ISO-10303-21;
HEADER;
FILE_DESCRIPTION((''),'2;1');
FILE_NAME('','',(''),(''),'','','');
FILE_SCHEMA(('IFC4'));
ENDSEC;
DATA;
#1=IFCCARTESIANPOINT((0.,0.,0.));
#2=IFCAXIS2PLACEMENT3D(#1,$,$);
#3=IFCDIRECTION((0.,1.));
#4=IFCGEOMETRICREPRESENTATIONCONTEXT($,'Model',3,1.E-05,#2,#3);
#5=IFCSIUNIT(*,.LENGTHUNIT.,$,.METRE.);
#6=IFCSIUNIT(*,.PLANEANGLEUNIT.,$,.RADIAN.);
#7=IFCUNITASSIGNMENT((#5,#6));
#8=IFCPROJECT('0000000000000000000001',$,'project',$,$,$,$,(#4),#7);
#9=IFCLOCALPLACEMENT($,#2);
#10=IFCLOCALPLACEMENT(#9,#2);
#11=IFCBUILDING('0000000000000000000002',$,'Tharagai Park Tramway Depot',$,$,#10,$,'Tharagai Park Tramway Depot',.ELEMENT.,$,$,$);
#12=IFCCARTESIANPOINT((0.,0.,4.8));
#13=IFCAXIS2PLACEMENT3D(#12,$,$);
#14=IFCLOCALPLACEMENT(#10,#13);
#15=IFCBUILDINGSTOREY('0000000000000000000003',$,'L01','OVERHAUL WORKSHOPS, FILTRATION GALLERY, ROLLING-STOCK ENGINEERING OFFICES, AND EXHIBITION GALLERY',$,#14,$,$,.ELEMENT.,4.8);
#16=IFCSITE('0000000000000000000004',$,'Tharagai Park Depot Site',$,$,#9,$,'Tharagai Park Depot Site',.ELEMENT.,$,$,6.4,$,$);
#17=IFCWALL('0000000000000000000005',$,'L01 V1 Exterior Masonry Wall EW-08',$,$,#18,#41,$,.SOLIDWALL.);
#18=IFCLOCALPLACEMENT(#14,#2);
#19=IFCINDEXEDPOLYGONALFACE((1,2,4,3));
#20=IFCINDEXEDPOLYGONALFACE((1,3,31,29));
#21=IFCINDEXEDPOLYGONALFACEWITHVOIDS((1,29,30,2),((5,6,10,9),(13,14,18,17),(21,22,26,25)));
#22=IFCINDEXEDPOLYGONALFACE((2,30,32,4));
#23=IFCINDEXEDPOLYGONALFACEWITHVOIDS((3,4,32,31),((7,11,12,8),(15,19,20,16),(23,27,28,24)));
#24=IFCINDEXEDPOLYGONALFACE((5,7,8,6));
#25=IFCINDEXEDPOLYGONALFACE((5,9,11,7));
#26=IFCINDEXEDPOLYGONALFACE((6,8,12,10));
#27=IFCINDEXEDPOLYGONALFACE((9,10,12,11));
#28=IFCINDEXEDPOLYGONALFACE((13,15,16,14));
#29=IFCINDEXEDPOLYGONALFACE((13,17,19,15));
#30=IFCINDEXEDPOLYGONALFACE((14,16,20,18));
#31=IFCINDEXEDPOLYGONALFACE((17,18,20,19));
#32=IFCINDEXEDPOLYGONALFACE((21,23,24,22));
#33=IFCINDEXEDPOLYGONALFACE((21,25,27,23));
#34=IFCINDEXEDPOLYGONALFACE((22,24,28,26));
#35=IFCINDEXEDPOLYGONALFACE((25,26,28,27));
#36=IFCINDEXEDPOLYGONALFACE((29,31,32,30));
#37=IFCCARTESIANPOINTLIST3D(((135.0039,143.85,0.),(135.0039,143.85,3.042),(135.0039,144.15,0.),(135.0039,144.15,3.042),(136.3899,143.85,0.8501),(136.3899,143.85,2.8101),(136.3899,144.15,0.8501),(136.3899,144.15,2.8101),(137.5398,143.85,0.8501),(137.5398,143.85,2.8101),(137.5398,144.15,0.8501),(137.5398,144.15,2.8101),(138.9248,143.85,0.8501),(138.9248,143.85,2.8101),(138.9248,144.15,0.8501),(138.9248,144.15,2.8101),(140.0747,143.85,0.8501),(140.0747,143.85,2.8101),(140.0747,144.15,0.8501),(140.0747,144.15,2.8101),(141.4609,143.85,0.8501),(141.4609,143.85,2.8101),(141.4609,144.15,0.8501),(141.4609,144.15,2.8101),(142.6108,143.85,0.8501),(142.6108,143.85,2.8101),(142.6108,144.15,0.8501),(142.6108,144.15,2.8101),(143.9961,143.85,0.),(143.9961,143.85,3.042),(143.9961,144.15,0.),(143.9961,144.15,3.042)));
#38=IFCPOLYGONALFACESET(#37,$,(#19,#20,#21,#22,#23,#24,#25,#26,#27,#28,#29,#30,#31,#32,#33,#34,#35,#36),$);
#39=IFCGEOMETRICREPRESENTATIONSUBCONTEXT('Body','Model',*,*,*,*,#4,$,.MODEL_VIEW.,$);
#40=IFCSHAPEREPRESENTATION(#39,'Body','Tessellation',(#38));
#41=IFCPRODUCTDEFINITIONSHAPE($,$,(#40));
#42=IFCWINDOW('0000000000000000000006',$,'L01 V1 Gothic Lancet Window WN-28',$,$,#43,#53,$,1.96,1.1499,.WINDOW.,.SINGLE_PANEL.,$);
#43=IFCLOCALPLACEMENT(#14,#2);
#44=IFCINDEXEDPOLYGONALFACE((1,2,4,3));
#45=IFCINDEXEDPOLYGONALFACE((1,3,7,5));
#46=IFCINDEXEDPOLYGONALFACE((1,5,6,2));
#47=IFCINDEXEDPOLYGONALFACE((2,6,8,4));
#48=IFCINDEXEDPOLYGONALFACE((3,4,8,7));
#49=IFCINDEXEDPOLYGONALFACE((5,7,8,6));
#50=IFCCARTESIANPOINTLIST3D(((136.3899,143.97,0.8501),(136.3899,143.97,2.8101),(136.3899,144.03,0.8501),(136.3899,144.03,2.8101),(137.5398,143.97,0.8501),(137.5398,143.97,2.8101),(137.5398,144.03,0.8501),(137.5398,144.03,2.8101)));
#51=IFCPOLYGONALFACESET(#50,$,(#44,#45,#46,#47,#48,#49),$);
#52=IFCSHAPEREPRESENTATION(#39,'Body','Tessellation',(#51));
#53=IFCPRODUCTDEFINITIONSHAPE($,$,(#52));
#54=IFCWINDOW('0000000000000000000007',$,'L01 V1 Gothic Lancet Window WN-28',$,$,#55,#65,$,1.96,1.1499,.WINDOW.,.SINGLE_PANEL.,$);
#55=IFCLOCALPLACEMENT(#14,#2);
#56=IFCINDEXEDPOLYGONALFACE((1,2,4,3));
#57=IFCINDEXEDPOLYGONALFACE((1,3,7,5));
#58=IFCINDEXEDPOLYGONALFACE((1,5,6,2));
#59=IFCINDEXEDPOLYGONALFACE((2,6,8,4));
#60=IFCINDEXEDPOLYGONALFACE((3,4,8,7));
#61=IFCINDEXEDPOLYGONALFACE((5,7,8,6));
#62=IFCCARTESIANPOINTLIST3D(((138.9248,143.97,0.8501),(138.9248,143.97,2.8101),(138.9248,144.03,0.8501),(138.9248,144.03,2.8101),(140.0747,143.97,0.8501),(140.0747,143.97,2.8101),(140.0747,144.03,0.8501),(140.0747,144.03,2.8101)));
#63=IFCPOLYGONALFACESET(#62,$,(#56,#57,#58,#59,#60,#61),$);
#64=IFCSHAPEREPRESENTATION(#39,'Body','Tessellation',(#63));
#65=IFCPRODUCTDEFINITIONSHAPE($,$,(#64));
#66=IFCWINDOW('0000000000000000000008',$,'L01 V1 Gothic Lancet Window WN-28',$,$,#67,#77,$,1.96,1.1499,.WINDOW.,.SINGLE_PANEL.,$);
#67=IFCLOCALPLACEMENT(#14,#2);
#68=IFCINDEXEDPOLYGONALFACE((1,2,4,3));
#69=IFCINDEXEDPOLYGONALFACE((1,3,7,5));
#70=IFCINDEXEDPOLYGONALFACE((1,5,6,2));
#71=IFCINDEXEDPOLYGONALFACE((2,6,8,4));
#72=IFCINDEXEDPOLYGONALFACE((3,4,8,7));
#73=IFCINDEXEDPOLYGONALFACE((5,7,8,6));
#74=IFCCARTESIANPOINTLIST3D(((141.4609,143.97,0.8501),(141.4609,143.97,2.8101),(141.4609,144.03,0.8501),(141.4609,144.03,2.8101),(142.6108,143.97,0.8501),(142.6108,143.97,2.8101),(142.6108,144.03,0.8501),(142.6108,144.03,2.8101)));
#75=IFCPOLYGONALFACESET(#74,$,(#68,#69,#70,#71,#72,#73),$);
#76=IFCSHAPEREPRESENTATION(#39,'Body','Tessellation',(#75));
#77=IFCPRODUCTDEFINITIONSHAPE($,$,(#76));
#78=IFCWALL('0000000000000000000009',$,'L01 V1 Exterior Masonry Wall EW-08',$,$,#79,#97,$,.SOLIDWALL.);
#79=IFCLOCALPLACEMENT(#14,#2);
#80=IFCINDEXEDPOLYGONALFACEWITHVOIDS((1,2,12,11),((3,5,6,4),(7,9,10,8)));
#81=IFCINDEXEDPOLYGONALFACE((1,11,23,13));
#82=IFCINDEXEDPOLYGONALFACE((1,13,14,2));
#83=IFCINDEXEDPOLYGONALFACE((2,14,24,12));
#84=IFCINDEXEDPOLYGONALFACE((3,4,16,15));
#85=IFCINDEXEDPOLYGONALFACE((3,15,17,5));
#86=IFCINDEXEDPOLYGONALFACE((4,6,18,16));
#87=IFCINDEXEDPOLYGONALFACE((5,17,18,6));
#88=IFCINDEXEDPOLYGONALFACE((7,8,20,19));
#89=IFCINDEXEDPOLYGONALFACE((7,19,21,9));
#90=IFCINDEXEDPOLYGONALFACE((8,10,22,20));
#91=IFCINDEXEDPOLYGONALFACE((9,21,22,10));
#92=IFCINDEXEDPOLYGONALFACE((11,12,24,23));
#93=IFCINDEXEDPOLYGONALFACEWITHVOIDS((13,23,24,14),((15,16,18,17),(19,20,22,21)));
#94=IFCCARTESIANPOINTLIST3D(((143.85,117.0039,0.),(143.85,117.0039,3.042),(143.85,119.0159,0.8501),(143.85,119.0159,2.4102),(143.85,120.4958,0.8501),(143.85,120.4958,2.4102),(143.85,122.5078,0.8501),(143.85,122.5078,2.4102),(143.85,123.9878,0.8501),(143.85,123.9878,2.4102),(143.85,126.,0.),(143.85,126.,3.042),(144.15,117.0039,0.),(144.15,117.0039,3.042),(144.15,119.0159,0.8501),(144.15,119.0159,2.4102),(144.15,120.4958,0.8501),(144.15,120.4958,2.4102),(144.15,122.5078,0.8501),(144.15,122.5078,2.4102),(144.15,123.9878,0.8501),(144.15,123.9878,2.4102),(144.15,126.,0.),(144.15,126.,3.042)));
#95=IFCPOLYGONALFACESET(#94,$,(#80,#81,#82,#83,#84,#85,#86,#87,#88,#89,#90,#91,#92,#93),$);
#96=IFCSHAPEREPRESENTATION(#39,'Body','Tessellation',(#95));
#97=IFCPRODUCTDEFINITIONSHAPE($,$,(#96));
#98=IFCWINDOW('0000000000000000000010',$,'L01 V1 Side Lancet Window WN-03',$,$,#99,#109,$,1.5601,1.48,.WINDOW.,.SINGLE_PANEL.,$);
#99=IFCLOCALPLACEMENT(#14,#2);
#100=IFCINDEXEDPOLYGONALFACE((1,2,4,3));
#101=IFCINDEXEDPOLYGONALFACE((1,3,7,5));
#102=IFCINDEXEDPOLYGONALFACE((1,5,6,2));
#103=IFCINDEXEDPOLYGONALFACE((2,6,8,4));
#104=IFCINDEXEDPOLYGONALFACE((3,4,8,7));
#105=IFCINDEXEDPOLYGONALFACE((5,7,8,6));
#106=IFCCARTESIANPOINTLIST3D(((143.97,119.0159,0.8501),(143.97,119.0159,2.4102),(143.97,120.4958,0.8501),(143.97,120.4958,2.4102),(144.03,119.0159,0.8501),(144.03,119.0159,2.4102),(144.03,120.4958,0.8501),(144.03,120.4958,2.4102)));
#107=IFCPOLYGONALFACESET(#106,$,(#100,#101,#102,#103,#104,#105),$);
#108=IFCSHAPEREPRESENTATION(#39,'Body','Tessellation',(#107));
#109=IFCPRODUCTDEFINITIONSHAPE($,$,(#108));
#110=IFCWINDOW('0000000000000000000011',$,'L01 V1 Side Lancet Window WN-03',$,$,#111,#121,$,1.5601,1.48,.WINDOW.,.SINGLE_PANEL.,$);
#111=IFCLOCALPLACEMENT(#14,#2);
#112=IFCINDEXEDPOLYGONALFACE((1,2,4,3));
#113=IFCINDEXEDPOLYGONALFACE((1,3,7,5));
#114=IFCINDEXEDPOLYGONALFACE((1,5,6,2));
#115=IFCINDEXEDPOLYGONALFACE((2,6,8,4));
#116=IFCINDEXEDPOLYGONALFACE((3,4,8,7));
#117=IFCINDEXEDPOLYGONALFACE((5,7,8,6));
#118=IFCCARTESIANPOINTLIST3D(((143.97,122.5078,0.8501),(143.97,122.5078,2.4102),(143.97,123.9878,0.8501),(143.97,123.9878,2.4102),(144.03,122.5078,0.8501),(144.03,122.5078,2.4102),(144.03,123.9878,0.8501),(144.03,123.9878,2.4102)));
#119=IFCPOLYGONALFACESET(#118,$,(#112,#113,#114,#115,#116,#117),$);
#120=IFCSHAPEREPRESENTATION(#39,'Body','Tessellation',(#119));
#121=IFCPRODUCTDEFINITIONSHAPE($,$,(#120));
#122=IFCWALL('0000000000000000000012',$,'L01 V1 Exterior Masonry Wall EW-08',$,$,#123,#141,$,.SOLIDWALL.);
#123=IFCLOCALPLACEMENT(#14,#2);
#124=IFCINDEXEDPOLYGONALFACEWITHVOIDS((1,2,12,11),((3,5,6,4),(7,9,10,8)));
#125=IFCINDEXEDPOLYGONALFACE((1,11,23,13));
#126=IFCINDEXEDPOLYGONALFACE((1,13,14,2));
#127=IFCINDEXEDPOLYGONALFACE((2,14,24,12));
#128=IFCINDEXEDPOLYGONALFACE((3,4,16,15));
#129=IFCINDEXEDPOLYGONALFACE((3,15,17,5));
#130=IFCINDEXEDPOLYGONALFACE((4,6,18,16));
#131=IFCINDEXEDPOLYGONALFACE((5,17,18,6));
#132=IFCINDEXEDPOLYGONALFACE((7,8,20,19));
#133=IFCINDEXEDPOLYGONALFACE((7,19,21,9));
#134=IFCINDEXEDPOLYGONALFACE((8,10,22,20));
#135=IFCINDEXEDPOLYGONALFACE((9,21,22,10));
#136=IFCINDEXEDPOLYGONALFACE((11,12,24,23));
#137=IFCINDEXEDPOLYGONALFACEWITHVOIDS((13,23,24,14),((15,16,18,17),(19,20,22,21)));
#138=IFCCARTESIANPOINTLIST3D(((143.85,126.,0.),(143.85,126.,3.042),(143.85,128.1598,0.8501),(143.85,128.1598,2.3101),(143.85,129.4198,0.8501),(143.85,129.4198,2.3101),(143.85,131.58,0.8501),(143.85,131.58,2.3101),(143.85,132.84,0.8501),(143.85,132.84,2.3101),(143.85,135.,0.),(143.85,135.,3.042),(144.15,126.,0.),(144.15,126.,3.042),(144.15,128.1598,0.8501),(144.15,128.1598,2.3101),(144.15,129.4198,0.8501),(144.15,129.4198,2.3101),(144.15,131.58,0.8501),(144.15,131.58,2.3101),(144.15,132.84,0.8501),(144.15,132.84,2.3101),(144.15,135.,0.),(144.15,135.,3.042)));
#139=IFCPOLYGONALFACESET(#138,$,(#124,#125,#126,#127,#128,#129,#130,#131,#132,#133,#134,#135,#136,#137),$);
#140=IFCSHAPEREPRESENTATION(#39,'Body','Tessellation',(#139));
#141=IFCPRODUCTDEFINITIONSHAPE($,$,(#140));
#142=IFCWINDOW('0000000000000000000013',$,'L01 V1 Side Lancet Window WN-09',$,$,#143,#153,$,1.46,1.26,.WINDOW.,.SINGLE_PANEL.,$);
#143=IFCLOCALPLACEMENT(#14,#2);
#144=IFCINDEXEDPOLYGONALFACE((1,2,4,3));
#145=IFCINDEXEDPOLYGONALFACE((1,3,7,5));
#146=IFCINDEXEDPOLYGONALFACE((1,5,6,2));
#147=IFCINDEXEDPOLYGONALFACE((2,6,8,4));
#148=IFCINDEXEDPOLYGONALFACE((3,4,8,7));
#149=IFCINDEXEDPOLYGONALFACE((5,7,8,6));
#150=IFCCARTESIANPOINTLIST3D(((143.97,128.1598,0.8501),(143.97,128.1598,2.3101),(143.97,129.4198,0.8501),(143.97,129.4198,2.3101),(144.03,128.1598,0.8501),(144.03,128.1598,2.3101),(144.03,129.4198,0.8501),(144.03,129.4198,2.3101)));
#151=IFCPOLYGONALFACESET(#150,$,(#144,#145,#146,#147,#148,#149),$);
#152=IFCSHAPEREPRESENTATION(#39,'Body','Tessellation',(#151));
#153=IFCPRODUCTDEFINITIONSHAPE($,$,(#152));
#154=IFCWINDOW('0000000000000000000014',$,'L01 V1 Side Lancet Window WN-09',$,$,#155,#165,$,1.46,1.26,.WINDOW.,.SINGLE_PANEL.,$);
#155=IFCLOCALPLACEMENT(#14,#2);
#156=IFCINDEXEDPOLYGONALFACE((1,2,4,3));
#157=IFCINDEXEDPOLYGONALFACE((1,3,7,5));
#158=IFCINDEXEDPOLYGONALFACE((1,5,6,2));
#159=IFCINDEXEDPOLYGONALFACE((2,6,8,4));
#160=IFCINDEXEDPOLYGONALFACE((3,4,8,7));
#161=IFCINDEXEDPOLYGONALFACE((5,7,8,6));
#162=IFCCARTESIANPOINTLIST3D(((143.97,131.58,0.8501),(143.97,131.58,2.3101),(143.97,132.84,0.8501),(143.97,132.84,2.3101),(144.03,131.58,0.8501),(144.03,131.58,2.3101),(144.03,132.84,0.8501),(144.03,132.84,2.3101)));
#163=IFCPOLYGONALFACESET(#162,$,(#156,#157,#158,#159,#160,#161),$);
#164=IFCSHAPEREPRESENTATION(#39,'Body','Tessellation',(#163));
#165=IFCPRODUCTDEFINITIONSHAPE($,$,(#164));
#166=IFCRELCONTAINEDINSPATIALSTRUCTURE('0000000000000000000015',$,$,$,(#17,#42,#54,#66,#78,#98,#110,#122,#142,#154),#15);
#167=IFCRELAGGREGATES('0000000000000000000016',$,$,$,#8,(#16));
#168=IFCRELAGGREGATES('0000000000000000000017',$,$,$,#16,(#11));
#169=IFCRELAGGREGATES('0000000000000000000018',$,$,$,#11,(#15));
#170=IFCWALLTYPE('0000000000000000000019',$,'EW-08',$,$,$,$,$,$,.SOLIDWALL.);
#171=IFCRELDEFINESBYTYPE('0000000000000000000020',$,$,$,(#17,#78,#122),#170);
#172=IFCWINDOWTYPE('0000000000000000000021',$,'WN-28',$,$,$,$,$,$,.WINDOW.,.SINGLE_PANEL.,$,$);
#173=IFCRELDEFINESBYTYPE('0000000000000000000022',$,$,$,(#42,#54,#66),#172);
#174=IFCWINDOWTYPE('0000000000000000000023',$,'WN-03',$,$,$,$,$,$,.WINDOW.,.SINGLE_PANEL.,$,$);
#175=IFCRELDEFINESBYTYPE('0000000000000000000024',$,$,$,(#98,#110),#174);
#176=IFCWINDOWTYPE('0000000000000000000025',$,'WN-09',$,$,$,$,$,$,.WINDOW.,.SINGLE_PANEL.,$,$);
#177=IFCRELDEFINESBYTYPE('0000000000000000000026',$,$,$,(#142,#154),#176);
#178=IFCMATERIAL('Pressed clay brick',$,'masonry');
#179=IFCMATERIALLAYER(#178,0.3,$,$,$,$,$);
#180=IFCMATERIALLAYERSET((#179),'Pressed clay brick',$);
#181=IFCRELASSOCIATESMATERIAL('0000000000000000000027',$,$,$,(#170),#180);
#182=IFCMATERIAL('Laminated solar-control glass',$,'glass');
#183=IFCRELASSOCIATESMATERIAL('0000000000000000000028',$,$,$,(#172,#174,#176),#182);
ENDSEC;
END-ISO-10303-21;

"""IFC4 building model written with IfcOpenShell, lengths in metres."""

from ifc_helpers import new_model, si_unit, direction, frame, frame_2d, origin, place, context, subcontext, project, spatial, rectangle, extrude, material, layer, layer_set, type_object, element, fill, save


model = new_model("IFC4")

# Units and contexts
model_context = context("Model", 3, precision=1e-05, world=origin(), true_north=direction((0.0, 1.0)))
body_context = subcontext(model_context, "Body", "Model", "MODEL_VIEW")
ifc_project = project(units=[si_unit("LENGTHUNIT", "METRE"), si_unit("PLANEANGLEUNIT", "RADIAN")], contexts=[model_context])

# Site, building, storey
site_placement = place(None, origin())
site = spatial("IfcSite", under=ifc_project, at=site_placement, Name="Tharagai Park Depot Site", LongName="Tharagai Park Depot Site", CompositionType="ELEMENT", RefElevation=6.4)
building_placement = place(site_placement, origin())
building = spatial("IfcBuilding", under=site, at=building_placement, Name="Tharagai Park Tramway Depot", LongName="Tharagai Park Tramway Depot", CompositionType="ELEMENT")
storey_placement = place(building_placement, frame((0.0, 0.0, 4.8)))
storey = spatial("IfcBuildingStorey", under=building, at=storey_placement, Name="L01", Description="OVERHAUL WORKSHOPS, FILTRATION GALLERY, ROLLING-STOCK ENGINEERING OFFICES, AND EXHIBITION GALLERY", CompositionType="ELEMENT", Elevation=4.8)

# Walls, openings, windows
ifc_material_1 = material(Name="Pressed clay brick", Category="masonry")
ifc_layer_1 = layer(ifc_material_1, 0.3)
ifc_layer_set_1 = layer_set([ifc_layer_1], Name="Pressed clay brick")
wall_type = type_object("IfcWallType", Name="EW-08", PredefinedType="SOLIDWALL", material=ifc_layer_set_1)
wall_1_placement = place(storey_placement, frame((135.0039, 144.0, 0.0), z_axis=(0.0, 0.0, 1.0), x_axis=(1.0, 0.0, 0.0)))
wall_1 = element("IfcWall", 1, at=wall_1_placement, inside=storey, type_object=wall_type, Name="L01 V1 Exterior Masonry Wall EW-08", PredefinedType="SOLIDWALL", context=body_context, shape_type="SweptSolid", body=[
    extrude(rectangle(XDim=8.9922, YDim=0.3, at=frame_2d((4.4961, 0.0))), origin(), (0.0, 0.0, 1.0), 3.042),
])
opening_1_placement = place(wall_1_placement, frame((1.386, 0.0, 0.8501)))
opening_1 = element("IfcOpeningElement", 2, at=opening_1_placement, cuts=wall_1, PredefinedType="OPENING", context=body_context, shape_type="SweptSolid", body=[
    extrude(rectangle(XDim=1.1499, YDim=1.96, at=frame_2d((0.575, 0.98))), frame((0.0, 0.1599, 0.0), z_axis=(0.0, -1.0, 0.0), x_axis=(1.0, 0.0, 0.0)), (0.0, 0.0, 1.0), 0.3201),
])
opening_2_placement = place(wall_1_placement, frame((3.9209, 0.0, 0.8501)))
opening_2 = element("IfcOpeningElement", 3, at=opening_2_placement, cuts=wall_1, PredefinedType="OPENING", context=body_context, shape_type="SweptSolid", body=[
    extrude(rectangle(XDim=1.1499, YDim=1.96, at=frame_2d((0.575, 0.98))), frame((0.0, 0.1599, 0.0), z_axis=(0.0, -1.0, 0.0), x_axis=(1.0, 0.0, 0.0)), (0.0, 0.0, 1.0), 0.3201),
])
opening_3_placement = place(wall_1_placement, frame((6.457, 0.0, 0.8501)))
opening_3 = element("IfcOpeningElement", 4, at=opening_3_placement, cuts=wall_1, PredefinedType="OPENING", context=body_context, shape_type="SweptSolid", body=[
    extrude(rectangle(XDim=1.1499, YDim=1.96, at=frame_2d((0.575, 0.98))), frame((0.0, 0.1599, 0.0), z_axis=(0.0, -1.0, 0.0), x_axis=(1.0, 0.0, 0.0)), (0.0, 0.0, 1.0), 0.3201),
])
ifc_material_2 = material(Name="Laminated solar-control glass", Category="glass")
window_type_1 = type_object("IfcWindowType", Name="WN-28", PartitioningType="SINGLE_PANEL", PredefinedType="WINDOW", material=ifc_material_2)
window_1_placement = place(opening_1_placement, origin())
window_1 = element("IfcWindow", 5, at=window_1_placement, inside=storey, type_object=window_type_1, Name="L01 V1 Gothic Lancet Window WN-28", OverallHeight=1.96, OverallWidth=1.1499, PartitioningType="SINGLE_PANEL", PredefinedType="WINDOW", context=body_context, shape_type="SweptSolid", body=[
    extrude(rectangle(XDim=1.1499, YDim=1.96, at=frame_2d((0.575, 0.98))), frame((0.0, 0.03, 0.0), z_axis=(0.0, -1.0, 0.0), x_axis=(1.0, 0.0, 0.0)), (0.0, 0.0, 1.0), 0.0601),
])
fill(opening_1, window_1)
window_2_placement = place(opening_2_placement, origin())
window_2 = element("IfcWindow", 6, at=window_2_placement, inside=storey, type_object=window_type_1, Name="L01 V1 Gothic Lancet Window WN-28", OverallHeight=1.96, OverallWidth=1.1499, PartitioningType="SINGLE_PANEL", PredefinedType="WINDOW", context=body_context, shape_type="SweptSolid", body=[
    extrude(rectangle(XDim=1.1499, YDim=1.96, at=frame_2d((0.575, 0.98))), frame((0.0, 0.03, 0.0), z_axis=(0.0, -1.0, 0.0), x_axis=(1.0, 0.0, 0.0)), (0.0, 0.0, 1.0), 0.0601),
])
fill(opening_2, window_2)
window_3_placement = place(opening_3_placement, origin())
window_3 = element("IfcWindow", 7, at=window_3_placement, inside=storey, type_object=window_type_1, Name="L01 V1 Gothic Lancet Window WN-28", OverallHeight=1.96, OverallWidth=1.1499, PartitioningType="SINGLE_PANEL", PredefinedType="WINDOW", context=body_context, shape_type="SweptSolid", body=[
    extrude(rectangle(XDim=1.1499, YDim=1.96, at=frame_2d((0.575, 0.98))), frame((0.0, 0.03, 0.0), z_axis=(0.0, -1.0, 0.0), x_axis=(1.0, 0.0, 0.0)), (0.0, 0.0, 1.0), 0.0601),
])
fill(opening_3, window_3)
wall_2_placement = place(storey_placement, frame((144.0, 117.0039, 0.0), z_axis=(0.0, 0.0, 1.0), x_axis=(0.0, 1.0, 0.0)))
wall_2 = element("IfcWall", 8, at=wall_2_placement, inside=storey, type_object=wall_type, Name="L01 V1 Exterior Masonry Wall EW-08", PredefinedType="SOLIDWALL", context=body_context, shape_type="SweptSolid", body=[
    extrude(rectangle(XDim=8.9961, YDim=0.3, at=frame_2d((4.498, 0.0))), origin(), (0.0, 0.0, 1.0), 3.042),
])
opening_4_placement = place(wall_2_placement, frame((2.012, 0.0, 0.8501)))
opening_4 = element("IfcOpeningElement", 9, at=opening_4_placement, cuts=wall_2, PredefinedType="OPENING", context=body_context, shape_type="SweptSolid", body=[
    extrude(rectangle(XDim=1.48, YDim=1.5601, at=frame_2d((0.74, 0.78))), frame((0.0, 0.1599, 0.0), z_axis=(0.0, -1.0, 0.0), x_axis=(1.0, 0.0, 0.0)), (0.0, 0.0, 1.0), 0.3201),
])
opening_5_placement = place(wall_2_placement, frame((5.5039, 0.0, 0.8501)))
opening_5 = element("IfcOpeningElement", 10, at=opening_5_placement, cuts=wall_2, PredefinedType="OPENING", context=body_context, shape_type="SweptSolid", body=[
    extrude(rectangle(XDim=1.48, YDim=1.5601, at=frame_2d((0.74, 0.78))), frame((0.0, 0.1599, 0.0), z_axis=(0.0, -1.0, 0.0), x_axis=(1.0, 0.0, 0.0)), (0.0, 0.0, 1.0), 0.3201),
])
window_type_2 = type_object("IfcWindowType", Name="WN-03", PartitioningType="SINGLE_PANEL", PredefinedType="WINDOW", material=ifc_material_2)
window_4_placement = place(opening_4_placement, origin())
window_4 = element("IfcWindow", 11, at=window_4_placement, inside=storey, type_object=window_type_2, Name="L01 V1 Side Lancet Window WN-03", OverallHeight=1.5601, OverallWidth=1.48, PartitioningType="SINGLE_PANEL", PredefinedType="WINDOW", context=body_context, shape_type="SweptSolid", body=[
    extrude(rectangle(XDim=1.48, YDim=1.5601, at=frame_2d((0.74, 0.78))), frame((0.0, 0.03, 0.0), z_axis=(0.0, -1.0, 0.0), x_axis=(1.0, 0.0, 0.0)), (0.0, 0.0, 1.0), 0.0601),
])
fill(opening_4, window_4)
window_5_placement = place(opening_5_placement, origin())
window_5 = element("IfcWindow", 12, at=window_5_placement, inside=storey, type_object=window_type_2, Name="L01 V1 Side Lancet Window WN-03", OverallHeight=1.5601, OverallWidth=1.48, PartitioningType="SINGLE_PANEL", PredefinedType="WINDOW", context=body_context, shape_type="SweptSolid", body=[
    extrude(rectangle(XDim=1.48, YDim=1.5601, at=frame_2d((0.74, 0.78))), frame((0.0, 0.03, 0.0), z_axis=(0.0, -1.0, 0.0), x_axis=(1.0, 0.0, 0.0)), (0.0, 0.0, 1.0), 0.0601),
])
fill(opening_5, window_5)
wall_3_placement = place(storey_placement, frame((144.0, 126.0, 0.0), z_axis=(0.0, 0.0, 1.0), x_axis=(0.0, 1.0, 0.0)))
wall_3 = element("IfcWall", 13, at=wall_3_placement, inside=storey, type_object=wall_type, Name="L01 V1 Exterior Masonry Wall EW-08", PredefinedType="SOLIDWALL", context=body_context, shape_type="SweptSolid", body=[
    extrude(rectangle(XDim=9.0, YDim=0.3, at=frame_2d((4.5, 0.0))), origin(), (0.0, 0.0, 1.0), 3.042),
])
opening_6_placement = place(wall_3_placement, frame((2.1599, 0.0, 0.8501)))
opening_6 = element("IfcOpeningElement", 14, at=opening_6_placement, cuts=wall_3, PredefinedType="OPENING", context=body_context, shape_type="SweptSolid", body=[
    extrude(rectangle(XDim=1.26, YDim=1.46, at=frame_2d((0.6299, 0.73))), frame((0.0, 0.1599, 0.0), z_axis=(0.0, -1.0, 0.0), x_axis=(1.0, 0.0, 0.0)), (0.0, 0.0, 1.0), 0.3201),
])
opening_7_placement = place(wall_3_placement, frame((5.5801, 0.0, 0.8501)))
opening_7 = element("IfcOpeningElement", 15, at=opening_7_placement, cuts=wall_3, PredefinedType="OPENING", context=body_context, shape_type="SweptSolid", body=[
    extrude(rectangle(XDim=1.26, YDim=1.46, at=frame_2d((0.6299, 0.73))), frame((0.0, 0.1599, 0.0), z_axis=(0.0, -1.0, 0.0), x_axis=(1.0, 0.0, 0.0)), (0.0, 0.0, 1.0), 0.3201),
])
window_type_3 = type_object("IfcWindowType", Name="WN-09", PartitioningType="SINGLE_PANEL", PredefinedType="WINDOW", material=ifc_material_2)
window_6_placement = place(opening_6_placement, origin())
window_6 = element("IfcWindow", 16, at=window_6_placement, inside=storey, type_object=window_type_3, Name="L01 V1 Side Lancet Window WN-09", OverallHeight=1.46, OverallWidth=1.26, PartitioningType="SINGLE_PANEL", PredefinedType="WINDOW", context=body_context, shape_type="SweptSolid", body=[
    extrude(rectangle(XDim=1.26, YDim=1.46, at=frame_2d((0.6299, 0.73))), frame((0.0, 0.03, 0.0), z_axis=(0.0, -1.0, 0.0), x_axis=(1.0, 0.0, 0.0)), (0.0, 0.0, 1.0), 0.0601),
])
fill(opening_6, window_6)
window_7_placement = place(opening_7_placement, origin())
window_7 = element("IfcWindow", 17, at=window_7_placement, inside=storey, type_object=window_type_3, Name="L01 V1 Side Lancet Window WN-09", OverallHeight=1.46, OverallWidth=1.26, PartitioningType="SINGLE_PANEL", PredefinedType="WINDOW", context=body_context, shape_type="SweptSolid", body=[
    extrude(rectangle(XDim=1.26, YDim=1.46, at=frame_2d((0.6299, 0.73))), frame((0.0, 0.03, 0.0), z_axis=(0.0, -1.0, 0.0), x_axis=(1.0, 0.0, 0.0)), (0.0, 0.0, 1.0), 0.0601),
])
fill(opening_7, window_7)

save(model, "model.ifc")
